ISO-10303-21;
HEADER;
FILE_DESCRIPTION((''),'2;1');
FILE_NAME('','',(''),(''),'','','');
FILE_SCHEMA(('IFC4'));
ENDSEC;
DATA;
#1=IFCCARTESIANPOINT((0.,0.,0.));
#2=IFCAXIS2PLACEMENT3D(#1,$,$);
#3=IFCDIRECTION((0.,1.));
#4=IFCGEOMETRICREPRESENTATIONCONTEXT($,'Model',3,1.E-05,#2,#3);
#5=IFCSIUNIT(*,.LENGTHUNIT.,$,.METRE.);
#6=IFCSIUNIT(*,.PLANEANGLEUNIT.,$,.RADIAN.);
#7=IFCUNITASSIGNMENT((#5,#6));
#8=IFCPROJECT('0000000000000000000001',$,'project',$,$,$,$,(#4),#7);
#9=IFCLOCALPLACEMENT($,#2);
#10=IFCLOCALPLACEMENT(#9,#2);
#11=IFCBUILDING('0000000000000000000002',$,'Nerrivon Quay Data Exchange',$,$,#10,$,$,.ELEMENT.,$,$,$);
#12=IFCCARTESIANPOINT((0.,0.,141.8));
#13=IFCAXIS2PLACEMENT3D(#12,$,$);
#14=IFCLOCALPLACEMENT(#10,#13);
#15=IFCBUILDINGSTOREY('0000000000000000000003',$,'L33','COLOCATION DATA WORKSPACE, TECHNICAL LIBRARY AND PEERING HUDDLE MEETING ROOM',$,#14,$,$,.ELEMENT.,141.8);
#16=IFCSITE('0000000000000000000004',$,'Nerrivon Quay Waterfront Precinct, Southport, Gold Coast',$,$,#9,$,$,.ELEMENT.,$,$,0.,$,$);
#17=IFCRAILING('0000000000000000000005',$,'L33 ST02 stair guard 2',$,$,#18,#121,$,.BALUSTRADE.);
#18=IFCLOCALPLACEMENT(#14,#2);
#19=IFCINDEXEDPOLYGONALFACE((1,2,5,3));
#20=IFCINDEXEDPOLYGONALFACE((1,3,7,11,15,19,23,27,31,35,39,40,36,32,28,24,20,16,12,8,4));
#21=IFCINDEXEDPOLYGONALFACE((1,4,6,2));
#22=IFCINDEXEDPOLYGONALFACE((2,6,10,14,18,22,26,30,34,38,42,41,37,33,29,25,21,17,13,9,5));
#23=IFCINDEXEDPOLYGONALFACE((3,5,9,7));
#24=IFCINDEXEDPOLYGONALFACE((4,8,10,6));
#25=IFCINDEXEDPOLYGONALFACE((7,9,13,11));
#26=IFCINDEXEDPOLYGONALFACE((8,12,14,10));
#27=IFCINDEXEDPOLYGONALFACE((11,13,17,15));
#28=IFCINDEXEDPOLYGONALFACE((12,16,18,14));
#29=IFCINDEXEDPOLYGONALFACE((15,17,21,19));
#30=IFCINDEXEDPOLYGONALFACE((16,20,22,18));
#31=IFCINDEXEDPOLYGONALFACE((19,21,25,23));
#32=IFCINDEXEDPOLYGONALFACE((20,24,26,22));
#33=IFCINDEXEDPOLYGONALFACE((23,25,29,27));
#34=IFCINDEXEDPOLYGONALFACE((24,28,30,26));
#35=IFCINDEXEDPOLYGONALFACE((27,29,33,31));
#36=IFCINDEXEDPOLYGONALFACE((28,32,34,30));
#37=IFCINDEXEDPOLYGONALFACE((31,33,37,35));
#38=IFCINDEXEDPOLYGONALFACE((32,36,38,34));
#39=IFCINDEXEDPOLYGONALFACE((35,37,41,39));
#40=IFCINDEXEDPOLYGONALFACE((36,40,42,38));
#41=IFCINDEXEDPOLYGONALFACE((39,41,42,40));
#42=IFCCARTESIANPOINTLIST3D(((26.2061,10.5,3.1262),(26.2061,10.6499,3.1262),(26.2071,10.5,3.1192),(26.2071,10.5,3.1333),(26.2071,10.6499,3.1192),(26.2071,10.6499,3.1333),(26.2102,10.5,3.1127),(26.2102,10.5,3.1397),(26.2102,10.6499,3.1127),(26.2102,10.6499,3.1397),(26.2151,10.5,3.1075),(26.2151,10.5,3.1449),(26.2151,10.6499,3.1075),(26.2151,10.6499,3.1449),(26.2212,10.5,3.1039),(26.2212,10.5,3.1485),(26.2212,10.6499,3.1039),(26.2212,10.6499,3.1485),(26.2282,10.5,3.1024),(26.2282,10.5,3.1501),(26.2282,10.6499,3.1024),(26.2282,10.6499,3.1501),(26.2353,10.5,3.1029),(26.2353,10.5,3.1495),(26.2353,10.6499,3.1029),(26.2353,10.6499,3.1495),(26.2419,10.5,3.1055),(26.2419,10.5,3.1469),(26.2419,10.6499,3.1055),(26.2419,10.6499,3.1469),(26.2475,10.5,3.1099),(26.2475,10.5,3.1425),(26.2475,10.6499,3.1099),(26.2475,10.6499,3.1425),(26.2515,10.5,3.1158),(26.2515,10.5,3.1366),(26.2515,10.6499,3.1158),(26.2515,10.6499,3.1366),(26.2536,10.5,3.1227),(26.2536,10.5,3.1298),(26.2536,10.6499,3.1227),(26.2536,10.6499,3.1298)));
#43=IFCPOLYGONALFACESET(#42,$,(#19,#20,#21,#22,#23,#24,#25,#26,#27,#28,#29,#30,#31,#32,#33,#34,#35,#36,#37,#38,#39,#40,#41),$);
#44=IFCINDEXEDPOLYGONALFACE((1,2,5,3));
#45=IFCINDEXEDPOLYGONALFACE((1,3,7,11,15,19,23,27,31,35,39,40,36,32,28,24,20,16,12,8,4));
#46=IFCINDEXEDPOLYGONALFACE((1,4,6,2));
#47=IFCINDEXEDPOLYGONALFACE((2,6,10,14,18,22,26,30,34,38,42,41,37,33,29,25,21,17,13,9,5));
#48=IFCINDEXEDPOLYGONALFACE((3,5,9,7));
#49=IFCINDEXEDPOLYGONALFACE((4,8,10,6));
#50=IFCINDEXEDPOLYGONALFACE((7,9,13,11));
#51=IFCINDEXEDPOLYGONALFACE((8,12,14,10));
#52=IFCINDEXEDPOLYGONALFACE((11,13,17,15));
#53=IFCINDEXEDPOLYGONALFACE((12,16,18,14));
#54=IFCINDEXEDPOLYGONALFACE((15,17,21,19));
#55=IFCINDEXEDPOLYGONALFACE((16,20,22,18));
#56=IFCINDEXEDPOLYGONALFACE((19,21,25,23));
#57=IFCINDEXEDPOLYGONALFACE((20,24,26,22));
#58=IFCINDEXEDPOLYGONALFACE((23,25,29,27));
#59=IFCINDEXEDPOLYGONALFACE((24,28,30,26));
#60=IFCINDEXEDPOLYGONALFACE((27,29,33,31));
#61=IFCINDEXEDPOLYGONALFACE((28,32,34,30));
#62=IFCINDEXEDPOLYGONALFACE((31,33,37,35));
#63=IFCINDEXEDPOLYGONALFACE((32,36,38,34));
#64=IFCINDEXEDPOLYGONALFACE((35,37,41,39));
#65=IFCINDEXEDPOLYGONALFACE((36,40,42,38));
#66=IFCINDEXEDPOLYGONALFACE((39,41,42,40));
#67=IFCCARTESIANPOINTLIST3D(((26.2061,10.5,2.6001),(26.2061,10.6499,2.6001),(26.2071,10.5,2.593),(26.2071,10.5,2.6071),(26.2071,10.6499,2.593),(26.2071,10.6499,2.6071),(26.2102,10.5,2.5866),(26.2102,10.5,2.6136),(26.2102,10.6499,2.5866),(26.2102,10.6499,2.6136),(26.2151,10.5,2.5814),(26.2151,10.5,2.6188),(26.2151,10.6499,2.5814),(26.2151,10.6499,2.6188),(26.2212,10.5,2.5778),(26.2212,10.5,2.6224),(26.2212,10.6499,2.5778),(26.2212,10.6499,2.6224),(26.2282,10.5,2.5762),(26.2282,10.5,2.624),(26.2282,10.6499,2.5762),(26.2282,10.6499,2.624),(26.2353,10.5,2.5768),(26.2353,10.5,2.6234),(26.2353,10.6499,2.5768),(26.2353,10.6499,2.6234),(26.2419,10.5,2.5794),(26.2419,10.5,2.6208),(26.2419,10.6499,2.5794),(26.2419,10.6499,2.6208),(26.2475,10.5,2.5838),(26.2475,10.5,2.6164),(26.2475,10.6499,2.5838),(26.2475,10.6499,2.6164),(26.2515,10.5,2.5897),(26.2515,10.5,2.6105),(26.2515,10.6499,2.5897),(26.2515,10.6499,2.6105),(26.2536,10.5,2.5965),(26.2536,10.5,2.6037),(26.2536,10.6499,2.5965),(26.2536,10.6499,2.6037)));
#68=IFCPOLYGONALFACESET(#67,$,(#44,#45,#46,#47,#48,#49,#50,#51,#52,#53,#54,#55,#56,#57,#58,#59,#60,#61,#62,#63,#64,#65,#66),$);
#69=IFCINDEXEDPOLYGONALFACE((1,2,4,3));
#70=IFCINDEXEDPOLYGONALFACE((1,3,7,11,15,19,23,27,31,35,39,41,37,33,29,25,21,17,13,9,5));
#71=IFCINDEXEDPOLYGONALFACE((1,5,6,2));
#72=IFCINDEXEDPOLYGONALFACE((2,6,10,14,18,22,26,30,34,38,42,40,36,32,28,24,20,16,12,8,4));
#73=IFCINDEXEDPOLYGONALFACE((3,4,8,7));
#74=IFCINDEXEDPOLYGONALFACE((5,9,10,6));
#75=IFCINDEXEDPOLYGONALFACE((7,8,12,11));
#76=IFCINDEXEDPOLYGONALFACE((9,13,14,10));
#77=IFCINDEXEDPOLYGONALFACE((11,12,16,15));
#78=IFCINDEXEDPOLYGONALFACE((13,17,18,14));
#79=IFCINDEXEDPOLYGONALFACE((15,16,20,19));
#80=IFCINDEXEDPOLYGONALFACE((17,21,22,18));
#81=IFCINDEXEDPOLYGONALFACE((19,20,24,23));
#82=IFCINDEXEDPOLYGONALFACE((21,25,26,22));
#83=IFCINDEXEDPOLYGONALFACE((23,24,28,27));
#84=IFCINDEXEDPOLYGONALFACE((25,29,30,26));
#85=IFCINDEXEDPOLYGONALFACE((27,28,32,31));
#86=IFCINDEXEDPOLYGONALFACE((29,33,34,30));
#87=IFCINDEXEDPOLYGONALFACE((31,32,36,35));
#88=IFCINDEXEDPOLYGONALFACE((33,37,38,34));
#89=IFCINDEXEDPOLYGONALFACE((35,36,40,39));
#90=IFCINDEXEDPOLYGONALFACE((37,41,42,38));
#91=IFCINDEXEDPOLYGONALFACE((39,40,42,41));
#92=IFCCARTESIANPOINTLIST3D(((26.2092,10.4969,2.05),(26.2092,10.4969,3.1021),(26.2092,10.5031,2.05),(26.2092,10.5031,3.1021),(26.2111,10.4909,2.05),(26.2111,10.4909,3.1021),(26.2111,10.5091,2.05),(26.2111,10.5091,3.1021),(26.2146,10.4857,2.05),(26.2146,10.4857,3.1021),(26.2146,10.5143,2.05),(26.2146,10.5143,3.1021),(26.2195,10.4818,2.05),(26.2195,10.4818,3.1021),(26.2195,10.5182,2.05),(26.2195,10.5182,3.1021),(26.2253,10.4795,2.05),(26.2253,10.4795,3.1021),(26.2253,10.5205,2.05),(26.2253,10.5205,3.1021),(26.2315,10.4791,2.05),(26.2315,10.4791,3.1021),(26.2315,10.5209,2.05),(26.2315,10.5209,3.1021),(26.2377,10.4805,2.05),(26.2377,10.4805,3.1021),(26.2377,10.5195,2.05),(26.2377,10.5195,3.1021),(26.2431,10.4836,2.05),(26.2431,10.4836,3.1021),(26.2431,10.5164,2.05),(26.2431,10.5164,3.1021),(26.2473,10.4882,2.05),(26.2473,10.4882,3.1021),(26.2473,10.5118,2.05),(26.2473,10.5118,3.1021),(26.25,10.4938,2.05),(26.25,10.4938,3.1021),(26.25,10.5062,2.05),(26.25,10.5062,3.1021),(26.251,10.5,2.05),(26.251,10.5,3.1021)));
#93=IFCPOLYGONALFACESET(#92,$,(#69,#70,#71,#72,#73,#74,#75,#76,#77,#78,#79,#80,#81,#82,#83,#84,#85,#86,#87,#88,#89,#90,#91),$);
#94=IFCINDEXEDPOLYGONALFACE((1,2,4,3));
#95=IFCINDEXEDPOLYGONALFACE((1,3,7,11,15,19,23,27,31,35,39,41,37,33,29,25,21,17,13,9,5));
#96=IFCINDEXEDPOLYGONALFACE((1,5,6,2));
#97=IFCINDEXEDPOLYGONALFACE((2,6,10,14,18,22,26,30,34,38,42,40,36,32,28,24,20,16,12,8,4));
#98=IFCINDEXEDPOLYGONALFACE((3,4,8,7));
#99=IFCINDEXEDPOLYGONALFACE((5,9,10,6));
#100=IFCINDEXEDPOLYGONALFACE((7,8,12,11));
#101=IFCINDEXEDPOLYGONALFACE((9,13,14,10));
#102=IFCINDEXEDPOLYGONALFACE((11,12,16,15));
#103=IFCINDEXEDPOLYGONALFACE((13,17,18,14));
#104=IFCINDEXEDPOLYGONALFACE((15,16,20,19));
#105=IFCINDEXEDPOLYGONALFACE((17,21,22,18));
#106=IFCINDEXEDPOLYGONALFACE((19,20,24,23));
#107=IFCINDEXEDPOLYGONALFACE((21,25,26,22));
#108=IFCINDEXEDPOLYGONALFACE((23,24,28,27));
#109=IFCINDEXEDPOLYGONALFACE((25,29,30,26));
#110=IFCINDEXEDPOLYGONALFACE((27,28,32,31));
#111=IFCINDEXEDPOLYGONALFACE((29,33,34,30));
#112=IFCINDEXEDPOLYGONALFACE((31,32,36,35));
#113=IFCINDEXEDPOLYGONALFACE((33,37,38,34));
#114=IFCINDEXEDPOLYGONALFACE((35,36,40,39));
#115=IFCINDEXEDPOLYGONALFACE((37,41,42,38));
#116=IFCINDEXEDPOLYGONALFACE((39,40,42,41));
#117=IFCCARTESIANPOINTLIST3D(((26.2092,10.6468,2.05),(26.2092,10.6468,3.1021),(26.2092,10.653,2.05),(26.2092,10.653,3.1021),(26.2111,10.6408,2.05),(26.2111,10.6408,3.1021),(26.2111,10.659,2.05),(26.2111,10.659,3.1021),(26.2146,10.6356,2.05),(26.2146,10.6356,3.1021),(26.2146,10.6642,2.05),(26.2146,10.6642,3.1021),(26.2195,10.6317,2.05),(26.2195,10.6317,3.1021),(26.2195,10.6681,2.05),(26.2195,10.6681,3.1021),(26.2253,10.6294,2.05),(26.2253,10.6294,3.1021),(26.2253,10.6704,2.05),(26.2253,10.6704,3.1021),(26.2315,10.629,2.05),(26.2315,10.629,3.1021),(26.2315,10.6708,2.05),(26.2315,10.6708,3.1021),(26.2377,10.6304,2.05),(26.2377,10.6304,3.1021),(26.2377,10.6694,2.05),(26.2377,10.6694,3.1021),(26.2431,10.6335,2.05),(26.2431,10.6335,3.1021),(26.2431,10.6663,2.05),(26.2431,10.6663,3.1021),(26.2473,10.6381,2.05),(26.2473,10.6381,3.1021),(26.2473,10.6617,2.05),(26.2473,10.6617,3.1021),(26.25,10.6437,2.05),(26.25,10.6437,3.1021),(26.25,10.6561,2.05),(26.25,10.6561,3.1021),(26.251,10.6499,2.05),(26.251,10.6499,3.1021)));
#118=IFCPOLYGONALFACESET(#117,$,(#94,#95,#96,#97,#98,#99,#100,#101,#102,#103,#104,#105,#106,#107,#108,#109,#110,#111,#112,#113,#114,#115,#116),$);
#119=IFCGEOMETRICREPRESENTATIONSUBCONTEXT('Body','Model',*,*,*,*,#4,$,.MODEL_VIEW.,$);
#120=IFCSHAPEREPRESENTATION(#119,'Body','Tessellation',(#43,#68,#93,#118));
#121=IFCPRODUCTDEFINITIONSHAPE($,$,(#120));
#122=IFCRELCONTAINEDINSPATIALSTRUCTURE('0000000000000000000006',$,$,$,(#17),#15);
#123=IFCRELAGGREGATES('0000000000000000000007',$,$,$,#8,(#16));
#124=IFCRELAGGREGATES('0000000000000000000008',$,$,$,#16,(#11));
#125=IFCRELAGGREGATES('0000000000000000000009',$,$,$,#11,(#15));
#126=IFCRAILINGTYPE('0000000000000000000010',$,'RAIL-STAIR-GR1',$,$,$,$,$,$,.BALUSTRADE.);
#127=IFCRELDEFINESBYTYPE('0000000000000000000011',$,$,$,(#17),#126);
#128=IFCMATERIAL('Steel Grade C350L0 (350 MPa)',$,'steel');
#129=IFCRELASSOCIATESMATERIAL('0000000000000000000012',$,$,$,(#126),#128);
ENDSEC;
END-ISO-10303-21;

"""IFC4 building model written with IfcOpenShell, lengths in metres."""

from ifc_helpers import new_model, si_unit, direction, frame, origin, origin_2d, place, context, subcontext, project, spatial, circle, extrude, material, type_object, element, save


model = new_model("IFC4")

# Units and contexts
model_context = context("Model", 3, precision=1e-05, world=origin(), true_north=direction((0.0, 1.0)))
body_context = subcontext(model_context, "Body", "Model", "MODEL_VIEW")
ifc_project = project(units=[si_unit("LENGTHUNIT", "METRE"), si_unit("PLANEANGLEUNIT", "RADIAN")], contexts=[model_context])

# Site, building, storey
site_placement = place(None, origin())
site = spatial("IfcSite", under=ifc_project, at=site_placement, Name="Nerrivon Quay Waterfront Precinct, Southport, Gold Coast", CompositionType="ELEMENT", RefElevation=0.0)
building_placement = place(site_placement, origin())
building = spatial("IfcBuilding", under=site, at=building_placement, Name="Nerrivon Quay Data Exchange", CompositionType="ELEMENT")
storey_placement = place(building_placement, frame((0.0, 0.0, 141.8)))
storey = spatial("IfcBuildingStorey", under=building, at=storey_placement, Name="L33", Description="COLOCATION DATA WORKSPACE, TECHNICAL LIBRARY AND PEERING HUDDLE MEETING ROOM", CompositionType="ELEMENT", Elevation=141.8)

# Railing
ifc_material_1 = material(Name="Steel Grade C350L0 (350 MPa)", Category="steel")
railing_type = type_object("IfcRailingType", Name="RAIL-STAIR-GR1", PredefinedType="BALUSTRADE", material=ifc_material_1)
railing_placement = place(storey_placement, frame((26.23, 10.5, 2.05)))
element("IfcRailing", 1, at=railing_placement, inside=storey, type_object=railing_type, Name="L33 ST02 stair guard 2", PredefinedType="BALUSTRADE", context=body_context, shape_type="SweptSolid", body=[
    extrude(circle(Radius=0.0239, at=origin_2d()), frame((0.0, 0.0, 1.0762), z_axis=(0.0, 1.0, 0.0), x_axis=(-1.0, 0.0, 0.0)), (0.0, 0.0, 1.0), 0.1499),
    extrude(circle(Radius=0.0239, at=origin_2d()), frame((0.0, 0.0, 0.55), z_axis=(0.0, 1.0, 0.0), x_axis=(-1.0, 0.0, 0.0)), (0.0, 0.0, 1.0), 0.1499),
    extrude(circle(Radius=0.021, at=origin_2d()), origin(), (0.0, 0.0, 1.0), 1.052),
    extrude(circle(Radius=0.021, at=origin_2d()), frame((0.0, 0.1499, 0.0)), (0.0, 0.0, 1.0), 1.052),
])

save(model, "model.ifc")
